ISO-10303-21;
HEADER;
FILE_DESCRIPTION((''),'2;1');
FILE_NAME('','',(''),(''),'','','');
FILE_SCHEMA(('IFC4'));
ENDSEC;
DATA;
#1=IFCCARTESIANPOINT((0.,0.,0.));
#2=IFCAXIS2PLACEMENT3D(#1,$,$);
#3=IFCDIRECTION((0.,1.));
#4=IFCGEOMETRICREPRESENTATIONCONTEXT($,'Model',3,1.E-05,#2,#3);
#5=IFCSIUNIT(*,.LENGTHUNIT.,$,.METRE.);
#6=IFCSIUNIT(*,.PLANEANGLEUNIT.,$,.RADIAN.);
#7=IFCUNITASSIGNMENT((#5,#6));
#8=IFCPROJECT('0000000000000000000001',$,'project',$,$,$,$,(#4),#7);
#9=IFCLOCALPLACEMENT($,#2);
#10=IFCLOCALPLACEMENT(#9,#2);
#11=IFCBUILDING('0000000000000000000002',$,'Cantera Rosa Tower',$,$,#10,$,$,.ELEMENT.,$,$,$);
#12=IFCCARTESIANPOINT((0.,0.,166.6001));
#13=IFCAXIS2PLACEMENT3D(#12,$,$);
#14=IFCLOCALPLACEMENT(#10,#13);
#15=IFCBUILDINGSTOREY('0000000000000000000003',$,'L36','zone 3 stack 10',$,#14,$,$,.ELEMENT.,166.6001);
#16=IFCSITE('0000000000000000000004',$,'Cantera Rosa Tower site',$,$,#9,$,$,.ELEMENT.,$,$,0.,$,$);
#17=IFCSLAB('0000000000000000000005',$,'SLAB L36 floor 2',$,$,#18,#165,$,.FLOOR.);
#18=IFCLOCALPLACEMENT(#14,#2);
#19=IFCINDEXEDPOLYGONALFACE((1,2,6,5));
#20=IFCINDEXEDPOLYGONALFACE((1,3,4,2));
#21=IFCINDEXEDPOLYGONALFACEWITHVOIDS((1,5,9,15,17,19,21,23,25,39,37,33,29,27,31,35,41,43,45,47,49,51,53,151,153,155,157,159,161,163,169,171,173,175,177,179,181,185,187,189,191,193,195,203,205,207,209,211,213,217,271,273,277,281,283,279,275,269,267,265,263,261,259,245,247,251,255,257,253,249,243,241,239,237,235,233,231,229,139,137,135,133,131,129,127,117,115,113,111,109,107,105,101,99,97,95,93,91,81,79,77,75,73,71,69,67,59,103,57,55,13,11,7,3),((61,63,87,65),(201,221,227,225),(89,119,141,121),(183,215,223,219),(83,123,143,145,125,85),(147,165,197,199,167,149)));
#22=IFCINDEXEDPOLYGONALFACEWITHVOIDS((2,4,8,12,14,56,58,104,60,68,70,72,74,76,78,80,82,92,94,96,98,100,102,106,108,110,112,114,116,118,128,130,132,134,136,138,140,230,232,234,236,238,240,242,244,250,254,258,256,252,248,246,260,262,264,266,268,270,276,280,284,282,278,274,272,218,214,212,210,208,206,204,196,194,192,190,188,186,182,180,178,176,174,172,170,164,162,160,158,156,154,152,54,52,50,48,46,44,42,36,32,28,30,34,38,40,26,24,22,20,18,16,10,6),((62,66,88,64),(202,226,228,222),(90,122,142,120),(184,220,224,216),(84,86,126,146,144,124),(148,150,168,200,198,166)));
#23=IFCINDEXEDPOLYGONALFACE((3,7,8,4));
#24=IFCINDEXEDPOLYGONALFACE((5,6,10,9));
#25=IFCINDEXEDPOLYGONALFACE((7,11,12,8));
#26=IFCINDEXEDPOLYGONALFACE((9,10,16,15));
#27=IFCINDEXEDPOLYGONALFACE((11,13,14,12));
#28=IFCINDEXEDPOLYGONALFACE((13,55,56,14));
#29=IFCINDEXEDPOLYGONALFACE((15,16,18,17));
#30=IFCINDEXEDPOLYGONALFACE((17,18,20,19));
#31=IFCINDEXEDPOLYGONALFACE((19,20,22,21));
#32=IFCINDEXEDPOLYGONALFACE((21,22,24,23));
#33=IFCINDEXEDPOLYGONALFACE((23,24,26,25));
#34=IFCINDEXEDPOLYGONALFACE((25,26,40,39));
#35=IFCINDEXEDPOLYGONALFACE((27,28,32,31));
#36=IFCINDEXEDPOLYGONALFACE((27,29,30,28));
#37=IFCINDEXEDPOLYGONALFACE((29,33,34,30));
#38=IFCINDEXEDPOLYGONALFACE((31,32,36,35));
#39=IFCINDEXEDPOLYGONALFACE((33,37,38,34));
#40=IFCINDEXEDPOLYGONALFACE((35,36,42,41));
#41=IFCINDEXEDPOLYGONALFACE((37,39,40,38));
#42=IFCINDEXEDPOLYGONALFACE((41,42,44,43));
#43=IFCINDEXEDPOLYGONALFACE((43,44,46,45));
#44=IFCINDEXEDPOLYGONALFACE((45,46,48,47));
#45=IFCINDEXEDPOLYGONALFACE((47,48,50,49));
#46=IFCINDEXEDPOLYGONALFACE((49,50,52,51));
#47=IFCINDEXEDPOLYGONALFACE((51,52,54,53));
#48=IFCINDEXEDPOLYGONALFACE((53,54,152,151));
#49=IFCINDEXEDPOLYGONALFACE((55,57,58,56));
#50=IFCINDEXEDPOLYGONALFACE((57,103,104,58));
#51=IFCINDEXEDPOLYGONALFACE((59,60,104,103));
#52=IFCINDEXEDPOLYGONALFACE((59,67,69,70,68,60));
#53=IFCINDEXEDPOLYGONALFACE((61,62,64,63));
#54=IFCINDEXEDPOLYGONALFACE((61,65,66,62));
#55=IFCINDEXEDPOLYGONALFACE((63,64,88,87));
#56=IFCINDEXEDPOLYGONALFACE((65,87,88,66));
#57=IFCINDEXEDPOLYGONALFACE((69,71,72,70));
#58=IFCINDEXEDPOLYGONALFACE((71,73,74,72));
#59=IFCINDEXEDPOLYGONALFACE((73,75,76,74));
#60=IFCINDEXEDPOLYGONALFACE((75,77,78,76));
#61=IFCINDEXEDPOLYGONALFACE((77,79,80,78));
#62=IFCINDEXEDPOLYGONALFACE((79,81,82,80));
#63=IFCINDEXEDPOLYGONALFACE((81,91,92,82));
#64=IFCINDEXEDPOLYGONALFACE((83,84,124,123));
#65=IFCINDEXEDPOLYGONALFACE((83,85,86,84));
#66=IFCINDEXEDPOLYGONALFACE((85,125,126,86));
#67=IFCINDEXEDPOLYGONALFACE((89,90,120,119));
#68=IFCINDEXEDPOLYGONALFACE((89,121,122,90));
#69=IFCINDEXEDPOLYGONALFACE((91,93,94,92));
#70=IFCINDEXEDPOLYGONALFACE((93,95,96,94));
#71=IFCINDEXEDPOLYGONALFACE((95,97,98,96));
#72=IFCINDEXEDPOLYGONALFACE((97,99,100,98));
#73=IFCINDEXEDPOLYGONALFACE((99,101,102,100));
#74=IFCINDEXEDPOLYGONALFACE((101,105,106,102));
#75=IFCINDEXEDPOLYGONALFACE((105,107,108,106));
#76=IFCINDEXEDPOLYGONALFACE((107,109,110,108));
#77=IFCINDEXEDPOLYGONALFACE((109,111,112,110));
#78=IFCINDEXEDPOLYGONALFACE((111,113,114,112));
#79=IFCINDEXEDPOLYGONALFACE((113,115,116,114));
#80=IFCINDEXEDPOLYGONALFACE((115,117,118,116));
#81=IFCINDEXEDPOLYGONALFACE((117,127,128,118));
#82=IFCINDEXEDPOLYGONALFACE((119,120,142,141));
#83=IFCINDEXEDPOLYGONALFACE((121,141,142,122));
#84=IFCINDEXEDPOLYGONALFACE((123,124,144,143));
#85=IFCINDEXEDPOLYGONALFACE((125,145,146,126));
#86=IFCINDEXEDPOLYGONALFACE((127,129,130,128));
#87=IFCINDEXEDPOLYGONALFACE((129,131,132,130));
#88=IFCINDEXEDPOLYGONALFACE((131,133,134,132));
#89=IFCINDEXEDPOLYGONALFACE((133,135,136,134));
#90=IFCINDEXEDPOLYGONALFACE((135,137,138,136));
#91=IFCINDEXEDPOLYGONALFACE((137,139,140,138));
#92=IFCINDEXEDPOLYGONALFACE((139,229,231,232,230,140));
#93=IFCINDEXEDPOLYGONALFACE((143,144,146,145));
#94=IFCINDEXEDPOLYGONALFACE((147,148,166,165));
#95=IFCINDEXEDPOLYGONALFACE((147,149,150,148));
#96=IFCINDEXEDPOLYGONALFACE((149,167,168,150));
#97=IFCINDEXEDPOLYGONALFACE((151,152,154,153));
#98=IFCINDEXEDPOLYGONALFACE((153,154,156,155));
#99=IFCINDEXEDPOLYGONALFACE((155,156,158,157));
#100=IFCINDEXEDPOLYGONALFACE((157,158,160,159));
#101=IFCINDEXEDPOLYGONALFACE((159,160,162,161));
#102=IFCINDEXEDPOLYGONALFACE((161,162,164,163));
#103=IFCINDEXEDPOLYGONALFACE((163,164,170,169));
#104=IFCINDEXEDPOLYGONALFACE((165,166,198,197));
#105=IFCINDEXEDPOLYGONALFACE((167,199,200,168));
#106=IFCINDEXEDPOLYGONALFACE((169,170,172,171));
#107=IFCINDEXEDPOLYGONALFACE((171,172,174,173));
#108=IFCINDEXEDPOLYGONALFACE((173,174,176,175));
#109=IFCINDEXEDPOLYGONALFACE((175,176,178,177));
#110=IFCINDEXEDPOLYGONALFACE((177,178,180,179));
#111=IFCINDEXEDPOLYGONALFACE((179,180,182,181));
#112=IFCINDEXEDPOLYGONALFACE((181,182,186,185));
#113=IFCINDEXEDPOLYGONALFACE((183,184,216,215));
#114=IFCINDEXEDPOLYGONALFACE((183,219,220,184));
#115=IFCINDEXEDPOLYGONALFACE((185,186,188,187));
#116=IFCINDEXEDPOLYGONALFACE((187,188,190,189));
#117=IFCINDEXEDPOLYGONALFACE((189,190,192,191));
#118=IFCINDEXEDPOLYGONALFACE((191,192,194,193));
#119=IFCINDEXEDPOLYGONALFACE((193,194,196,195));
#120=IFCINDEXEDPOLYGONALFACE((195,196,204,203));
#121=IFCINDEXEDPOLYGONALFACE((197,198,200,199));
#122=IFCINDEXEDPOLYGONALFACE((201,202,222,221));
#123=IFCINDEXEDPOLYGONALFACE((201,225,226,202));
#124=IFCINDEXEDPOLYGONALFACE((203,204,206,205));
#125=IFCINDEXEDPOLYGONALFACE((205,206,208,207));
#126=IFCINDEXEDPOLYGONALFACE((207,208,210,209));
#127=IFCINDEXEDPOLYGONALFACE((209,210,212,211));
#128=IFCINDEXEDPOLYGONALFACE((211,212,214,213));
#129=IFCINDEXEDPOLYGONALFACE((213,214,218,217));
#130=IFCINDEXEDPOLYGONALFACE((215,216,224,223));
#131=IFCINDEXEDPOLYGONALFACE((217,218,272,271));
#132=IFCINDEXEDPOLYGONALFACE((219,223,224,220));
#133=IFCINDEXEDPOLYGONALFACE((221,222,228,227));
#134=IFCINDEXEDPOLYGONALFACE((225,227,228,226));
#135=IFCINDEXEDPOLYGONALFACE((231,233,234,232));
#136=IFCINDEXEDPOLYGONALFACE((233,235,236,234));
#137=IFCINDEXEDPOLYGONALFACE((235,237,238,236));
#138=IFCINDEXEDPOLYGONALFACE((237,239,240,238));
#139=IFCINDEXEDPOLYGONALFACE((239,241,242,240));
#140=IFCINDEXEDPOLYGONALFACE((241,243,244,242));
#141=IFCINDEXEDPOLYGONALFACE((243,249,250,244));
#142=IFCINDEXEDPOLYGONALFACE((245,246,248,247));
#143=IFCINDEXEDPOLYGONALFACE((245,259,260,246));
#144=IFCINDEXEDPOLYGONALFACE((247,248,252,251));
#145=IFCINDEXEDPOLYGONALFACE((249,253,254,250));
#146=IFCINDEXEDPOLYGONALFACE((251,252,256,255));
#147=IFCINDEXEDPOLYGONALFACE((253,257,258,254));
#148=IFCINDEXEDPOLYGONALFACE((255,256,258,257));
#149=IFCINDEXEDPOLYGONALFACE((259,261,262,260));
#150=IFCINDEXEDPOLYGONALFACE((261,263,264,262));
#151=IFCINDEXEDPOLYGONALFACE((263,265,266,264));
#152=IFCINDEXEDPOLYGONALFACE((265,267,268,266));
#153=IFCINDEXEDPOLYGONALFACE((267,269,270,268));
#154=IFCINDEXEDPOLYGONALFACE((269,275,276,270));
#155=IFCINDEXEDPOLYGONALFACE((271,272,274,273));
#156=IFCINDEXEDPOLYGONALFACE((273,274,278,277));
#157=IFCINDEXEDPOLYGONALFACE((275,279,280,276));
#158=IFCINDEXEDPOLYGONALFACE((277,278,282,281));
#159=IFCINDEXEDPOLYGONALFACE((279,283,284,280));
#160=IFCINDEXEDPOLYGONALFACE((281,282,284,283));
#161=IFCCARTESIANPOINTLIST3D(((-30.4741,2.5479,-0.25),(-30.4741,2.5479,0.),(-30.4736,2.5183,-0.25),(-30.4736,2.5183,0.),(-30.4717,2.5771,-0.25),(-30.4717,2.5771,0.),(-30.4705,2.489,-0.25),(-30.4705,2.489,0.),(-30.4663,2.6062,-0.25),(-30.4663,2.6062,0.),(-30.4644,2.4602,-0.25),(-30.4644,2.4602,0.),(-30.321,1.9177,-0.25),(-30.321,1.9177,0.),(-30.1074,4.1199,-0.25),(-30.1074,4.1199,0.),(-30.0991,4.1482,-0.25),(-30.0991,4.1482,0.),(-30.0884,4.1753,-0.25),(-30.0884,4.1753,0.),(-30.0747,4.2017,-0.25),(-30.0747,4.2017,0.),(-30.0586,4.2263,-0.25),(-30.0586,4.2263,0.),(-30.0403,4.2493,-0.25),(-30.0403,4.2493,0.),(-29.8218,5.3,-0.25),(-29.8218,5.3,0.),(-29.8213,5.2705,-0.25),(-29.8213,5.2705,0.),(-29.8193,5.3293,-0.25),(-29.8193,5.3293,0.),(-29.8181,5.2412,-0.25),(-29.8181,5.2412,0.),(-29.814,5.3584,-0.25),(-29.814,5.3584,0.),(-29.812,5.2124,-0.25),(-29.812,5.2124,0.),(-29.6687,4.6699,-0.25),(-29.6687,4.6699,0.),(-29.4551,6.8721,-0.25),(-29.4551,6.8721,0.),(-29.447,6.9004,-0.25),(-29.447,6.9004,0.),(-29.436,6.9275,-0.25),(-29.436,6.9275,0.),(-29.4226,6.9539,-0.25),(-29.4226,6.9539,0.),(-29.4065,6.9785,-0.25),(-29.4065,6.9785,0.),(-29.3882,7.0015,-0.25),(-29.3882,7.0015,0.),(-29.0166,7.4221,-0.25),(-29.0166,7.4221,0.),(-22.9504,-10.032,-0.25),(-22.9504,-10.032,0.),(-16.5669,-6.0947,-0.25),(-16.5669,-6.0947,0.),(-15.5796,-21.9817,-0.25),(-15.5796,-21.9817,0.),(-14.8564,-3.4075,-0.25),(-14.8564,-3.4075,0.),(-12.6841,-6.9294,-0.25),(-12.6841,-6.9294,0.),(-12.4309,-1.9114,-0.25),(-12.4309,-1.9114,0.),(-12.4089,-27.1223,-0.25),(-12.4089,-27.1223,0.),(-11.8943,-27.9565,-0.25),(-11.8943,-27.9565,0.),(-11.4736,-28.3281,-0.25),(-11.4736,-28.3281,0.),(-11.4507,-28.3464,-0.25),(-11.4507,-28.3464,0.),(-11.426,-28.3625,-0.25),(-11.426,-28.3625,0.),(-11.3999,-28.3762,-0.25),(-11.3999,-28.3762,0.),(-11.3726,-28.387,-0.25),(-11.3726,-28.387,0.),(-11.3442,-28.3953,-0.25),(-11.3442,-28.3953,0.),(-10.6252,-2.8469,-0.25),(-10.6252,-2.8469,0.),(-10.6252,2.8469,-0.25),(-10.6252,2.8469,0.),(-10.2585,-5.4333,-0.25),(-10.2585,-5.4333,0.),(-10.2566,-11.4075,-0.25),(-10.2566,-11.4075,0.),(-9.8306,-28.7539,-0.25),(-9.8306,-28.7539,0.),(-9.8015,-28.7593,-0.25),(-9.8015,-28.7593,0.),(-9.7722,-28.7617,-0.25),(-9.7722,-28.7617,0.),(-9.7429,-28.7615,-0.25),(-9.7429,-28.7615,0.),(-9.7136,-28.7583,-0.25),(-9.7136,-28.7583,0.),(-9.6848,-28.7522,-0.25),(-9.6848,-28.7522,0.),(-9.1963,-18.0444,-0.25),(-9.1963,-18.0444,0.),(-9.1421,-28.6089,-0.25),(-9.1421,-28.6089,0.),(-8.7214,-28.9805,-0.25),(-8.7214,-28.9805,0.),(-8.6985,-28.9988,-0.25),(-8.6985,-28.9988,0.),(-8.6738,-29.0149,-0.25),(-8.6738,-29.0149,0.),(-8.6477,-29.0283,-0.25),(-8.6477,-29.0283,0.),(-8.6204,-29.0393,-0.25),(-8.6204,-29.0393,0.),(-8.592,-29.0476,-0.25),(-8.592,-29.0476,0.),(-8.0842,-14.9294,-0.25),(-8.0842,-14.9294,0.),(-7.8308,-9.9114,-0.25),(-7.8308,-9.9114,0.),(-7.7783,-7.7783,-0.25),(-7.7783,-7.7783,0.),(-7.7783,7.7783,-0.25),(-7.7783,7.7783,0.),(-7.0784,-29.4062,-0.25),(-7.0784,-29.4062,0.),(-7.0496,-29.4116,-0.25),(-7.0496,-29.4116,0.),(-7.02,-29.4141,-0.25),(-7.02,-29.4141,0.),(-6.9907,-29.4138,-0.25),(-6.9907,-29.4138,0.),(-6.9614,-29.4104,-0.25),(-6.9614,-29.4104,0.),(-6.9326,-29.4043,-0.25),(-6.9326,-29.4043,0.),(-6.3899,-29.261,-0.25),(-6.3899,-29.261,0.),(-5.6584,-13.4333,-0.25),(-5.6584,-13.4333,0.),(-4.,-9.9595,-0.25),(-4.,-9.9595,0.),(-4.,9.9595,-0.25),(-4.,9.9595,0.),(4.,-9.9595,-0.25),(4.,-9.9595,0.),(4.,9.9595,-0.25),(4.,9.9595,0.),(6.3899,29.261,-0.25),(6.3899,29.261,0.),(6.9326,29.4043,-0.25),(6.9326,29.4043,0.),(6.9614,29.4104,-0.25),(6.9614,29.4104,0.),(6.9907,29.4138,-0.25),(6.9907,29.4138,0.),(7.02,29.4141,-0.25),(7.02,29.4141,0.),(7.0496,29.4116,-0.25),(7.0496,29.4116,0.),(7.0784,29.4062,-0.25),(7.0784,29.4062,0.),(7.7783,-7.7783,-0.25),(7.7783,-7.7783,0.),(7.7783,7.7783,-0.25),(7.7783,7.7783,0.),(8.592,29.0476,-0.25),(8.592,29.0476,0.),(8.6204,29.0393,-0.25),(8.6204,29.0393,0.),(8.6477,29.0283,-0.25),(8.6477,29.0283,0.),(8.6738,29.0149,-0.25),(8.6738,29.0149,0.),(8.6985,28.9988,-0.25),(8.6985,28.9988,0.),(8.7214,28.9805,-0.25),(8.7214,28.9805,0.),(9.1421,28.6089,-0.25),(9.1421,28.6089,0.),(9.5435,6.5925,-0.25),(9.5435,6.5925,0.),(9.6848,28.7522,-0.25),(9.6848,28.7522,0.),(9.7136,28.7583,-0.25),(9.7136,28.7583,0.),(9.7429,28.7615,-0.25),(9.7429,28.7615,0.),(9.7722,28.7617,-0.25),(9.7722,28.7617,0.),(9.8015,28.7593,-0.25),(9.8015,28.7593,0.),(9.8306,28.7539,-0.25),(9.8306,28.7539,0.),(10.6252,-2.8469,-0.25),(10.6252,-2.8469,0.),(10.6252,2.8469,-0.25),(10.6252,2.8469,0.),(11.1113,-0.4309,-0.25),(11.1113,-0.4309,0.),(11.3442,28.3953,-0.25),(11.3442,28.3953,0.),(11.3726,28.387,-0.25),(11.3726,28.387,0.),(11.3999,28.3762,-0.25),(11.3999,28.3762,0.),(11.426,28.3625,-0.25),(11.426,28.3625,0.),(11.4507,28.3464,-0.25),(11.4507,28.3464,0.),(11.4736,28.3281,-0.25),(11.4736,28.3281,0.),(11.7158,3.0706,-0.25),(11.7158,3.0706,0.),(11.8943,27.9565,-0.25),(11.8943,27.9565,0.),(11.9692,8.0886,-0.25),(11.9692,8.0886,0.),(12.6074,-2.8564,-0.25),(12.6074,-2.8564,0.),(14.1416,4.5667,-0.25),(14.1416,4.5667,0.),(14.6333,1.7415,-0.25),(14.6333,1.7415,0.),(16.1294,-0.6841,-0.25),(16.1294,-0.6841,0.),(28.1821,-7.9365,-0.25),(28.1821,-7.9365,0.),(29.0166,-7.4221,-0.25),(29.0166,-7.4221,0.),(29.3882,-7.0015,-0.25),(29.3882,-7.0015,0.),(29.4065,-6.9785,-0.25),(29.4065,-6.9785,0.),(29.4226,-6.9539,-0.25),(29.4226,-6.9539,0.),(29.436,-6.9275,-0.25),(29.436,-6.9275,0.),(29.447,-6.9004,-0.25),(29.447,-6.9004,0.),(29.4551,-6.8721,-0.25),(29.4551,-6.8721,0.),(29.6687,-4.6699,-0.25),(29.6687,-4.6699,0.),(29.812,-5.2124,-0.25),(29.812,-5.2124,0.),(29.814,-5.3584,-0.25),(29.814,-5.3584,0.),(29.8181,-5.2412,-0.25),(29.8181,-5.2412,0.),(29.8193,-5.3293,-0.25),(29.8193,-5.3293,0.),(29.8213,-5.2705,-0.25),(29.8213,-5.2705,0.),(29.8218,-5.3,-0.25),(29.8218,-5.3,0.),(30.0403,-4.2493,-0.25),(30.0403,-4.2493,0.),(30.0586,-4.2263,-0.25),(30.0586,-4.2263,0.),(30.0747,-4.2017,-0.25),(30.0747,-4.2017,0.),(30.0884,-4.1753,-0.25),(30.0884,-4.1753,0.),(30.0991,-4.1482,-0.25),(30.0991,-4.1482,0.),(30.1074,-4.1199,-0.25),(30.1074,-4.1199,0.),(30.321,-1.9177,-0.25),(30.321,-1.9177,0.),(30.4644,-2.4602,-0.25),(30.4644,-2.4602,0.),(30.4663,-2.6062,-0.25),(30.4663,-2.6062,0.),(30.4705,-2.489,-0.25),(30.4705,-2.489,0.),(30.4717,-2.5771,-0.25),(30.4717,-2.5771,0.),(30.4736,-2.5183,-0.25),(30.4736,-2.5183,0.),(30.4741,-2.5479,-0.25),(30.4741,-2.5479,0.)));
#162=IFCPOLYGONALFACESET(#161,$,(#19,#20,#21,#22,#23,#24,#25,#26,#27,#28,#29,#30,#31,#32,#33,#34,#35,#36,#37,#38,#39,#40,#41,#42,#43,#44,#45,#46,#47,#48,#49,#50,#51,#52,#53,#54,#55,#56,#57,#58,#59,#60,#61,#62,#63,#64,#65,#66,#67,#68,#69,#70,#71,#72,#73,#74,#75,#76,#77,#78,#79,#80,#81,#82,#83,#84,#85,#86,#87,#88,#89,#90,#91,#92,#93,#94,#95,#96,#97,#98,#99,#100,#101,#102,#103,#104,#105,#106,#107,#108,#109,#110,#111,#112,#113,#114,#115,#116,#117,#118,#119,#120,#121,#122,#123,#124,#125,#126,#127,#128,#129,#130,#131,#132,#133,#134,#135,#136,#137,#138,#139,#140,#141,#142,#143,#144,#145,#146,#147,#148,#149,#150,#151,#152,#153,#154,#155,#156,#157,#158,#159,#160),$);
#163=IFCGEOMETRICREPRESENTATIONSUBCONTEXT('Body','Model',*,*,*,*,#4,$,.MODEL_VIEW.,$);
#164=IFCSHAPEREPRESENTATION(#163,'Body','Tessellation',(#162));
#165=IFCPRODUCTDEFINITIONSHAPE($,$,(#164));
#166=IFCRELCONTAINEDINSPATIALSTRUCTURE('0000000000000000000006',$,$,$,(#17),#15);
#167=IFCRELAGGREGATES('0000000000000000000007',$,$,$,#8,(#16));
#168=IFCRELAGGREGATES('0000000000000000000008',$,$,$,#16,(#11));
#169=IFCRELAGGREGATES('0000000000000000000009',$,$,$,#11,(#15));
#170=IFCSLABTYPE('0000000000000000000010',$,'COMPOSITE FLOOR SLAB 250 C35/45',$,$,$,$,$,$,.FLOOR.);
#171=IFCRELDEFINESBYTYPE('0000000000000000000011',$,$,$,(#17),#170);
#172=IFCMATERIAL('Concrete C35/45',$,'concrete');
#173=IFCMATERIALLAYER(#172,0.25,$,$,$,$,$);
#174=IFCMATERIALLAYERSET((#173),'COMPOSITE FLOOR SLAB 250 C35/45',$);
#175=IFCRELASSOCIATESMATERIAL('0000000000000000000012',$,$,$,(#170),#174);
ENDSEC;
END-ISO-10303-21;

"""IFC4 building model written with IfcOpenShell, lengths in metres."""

from ifc_helpers import new_model, si_unit, direction, frame, origin, place, context, subcontext, project, spatial, polyline, outline, extrude, material, layer, layer_set, type_object, element, save


model = new_model("IFC4")

# Units and contexts
model_context = context("Model", 3, precision=1e-05, world=origin(), true_north=direction((0.0, 1.0)))
body_context = subcontext(model_context, "Body", "Model", "MODEL_VIEW")
ifc_project = project(units=[si_unit("LENGTHUNIT", "METRE"), si_unit("PLANEANGLEUNIT", "RADIAN")], contexts=[model_context])

# Site, building, storey
site_placement = place(None, origin())
site = spatial("IfcSite", under=ifc_project, at=site_placement, Name="Cantera Rosa Tower site", CompositionType="ELEMENT", RefElevation=0.0)
building_placement = place(site_placement, origin())
building = spatial("IfcBuilding", under=site, at=building_placement, Name="Cantera Rosa Tower", CompositionType="ELEMENT")
storey_placement = place(building_placement, frame((0.0, 0.0, 166.6001)))
storey = spatial("IfcBuildingStorey", under=building, at=storey_placement, Name="L36", Description="zone 3 stack 10", CompositionType="ELEMENT", Elevation=166.6001)

# Slab
ifc_material_1 = material(Name="Concrete C35/45", Category="concrete")
ifc_layer_1 = layer(ifc_material_1, 0.25)
ifc_layer_set_1 = layer_set([ifc_layer_1], Name="COMPOSITE FLOOR SLAB 250 C35/45")
slab_type_1 = type_object("IfcSlabType", Name="COMPOSITE FLOOR SLAB 250 C35/45", PredefinedType="FLOOR", material=ifc_layer_set_1)
slab_1_placement = place(storey_placement, frame((0.0, 0.0, -0.25)))
element("IfcSlab", 1, at=slab_1_placement, inside=storey, type_object=slab_type_1, Name="SLAB L36 floor 2", PredefinedType="FLOOR", context=body_context, shape_type="SweptSolid", body=[
    extrude(outline(polyline([(-8.6477, -29.0283), (-8.6738, -29.0149), (-8.6985, -28.9988), (-8.7214, -28.9805), (-9.1421, -28.6089), (-9.6848, -28.7522), (-9.7136, -28.7583), (-9.7429, -28.7615), (-9.7722, -28.7617), (-9.8015, -28.7593), (-9.8306, -28.7539), (-11.3442, -28.3953), (-11.3726, -28.387), (-11.3999, -28.3762), (-11.426, -28.3625), (-11.4507, -28.3464), (-11.4736, -28.3281), (-11.8943, -27.9565), (-12.4089, -27.1223), (-15.5796, -21.9817), (-9.1963, -18.0444), (-16.5669, -6.0947), (-22.9504, -10.032), (-30.321, 1.9177), (-30.4644, 2.4602), (-30.4705, 2.489), (-30.4736, 2.5183), (-30.4741, 2.5479), (-30.4717, 2.5771), (-30.4663, 2.6062), (-30.1074, 4.1199), (-30.0991, 4.1482), (-30.0884, 4.1753), (-30.0747, 4.2017), (-30.0586, 4.2263), (-30.0403, 4.2493), (-29.6687, 4.6699), (-29.812, 5.2124), (-29.8181, 5.2412), (-29.8213, 5.2705), (-29.8218, 5.3), (-29.8193, 5.3293), (-29.814, 5.3584), (-29.4551, 6.8721), (-29.447, 6.9004), (-29.436, 6.9275), (-29.4226, 6.9539), (-29.4065, 6.9785), (-29.3882, 7.0015), (-29.0166, 7.4221), (6.3899, 29.261), (6.9326, 29.4043), (6.9614, 29.4104), (6.9907, 29.4138), (7.02, 29.4141), (7.0496, 29.4116), (7.0784, 29.4062), (8.592, 29.0476), (8.6204, 29.0393), (8.6477, 29.0283), (8.6738, 29.0149), (8.6985, 28.9988), (8.7214, 28.9805), (9.1421, 28.6089), (9.6848, 28.7522), (9.7136, 28.7583), (9.7429, 28.7615), (9.7722, 28.7617), (9.8015, 28.7593), (9.8306, 28.7539), (11.3442, 28.3953), (11.3726, 28.387), (11.3999, 28.3762), (11.426, 28.3625), (11.4507, 28.3464), (11.4736, 28.3281), (11.8943, 27.9565), (30.321, -1.9177), (30.4644, -2.4602), (30.4705, -2.489), (30.4736, -2.5183), (30.4741, -2.5479), (30.4717, -2.5771), (30.4663, -2.6062), (30.1074, -4.1199), (30.0991, -4.1482), (30.0884, -4.1753), (30.0747, -4.2017), (30.0586, -4.2263), (30.0403, -4.2493), (29.6687, -4.6699), (29.812, -5.2124), (29.8181, -5.2412), (29.8213, -5.2705), (29.8218, -5.3), (29.8193, -5.3293), (29.814, -5.3584), (29.4551, -6.8721), (29.447, -6.9004), (29.436, -6.9275), (29.4226, -6.9539), (29.4065, -6.9785), (29.3882, -7.0015), (29.0166, -7.4221), (28.1821, -7.9365), (-6.3899, -29.261), (-6.9326, -29.4043), (-6.9614, -29.4104), (-6.9907, -29.4138), (-7.02, -29.4141), (-7.0496, -29.4116), (-7.0784, -29.4062), (-8.592, -29.0476), (-8.6204, -29.0393), (-8.6477, -29.0283)]), holes=[polyline([(-5.6584, -13.4333), (-7.8308, -9.9114), (-10.2566, -11.4075), (-8.0842, -14.9294), (-5.6584, -13.4333)]), polyline([(-10.2585, -5.4333), (-12.4309, -1.9114), (-14.8564, -3.4075), (-12.6841, -6.9294), (-10.2585, -5.4333)]), polyline([(-7.7783, 7.7783), (-10.6252, 2.8469), (-10.6252, -2.8469), (-7.7783, -7.7783), (-4.0, -9.9595), (-4.0, 9.9595), (-7.7783, 7.7783)]), polyline([(14.6333, 1.7415), (11.1113, -0.4309), (12.6074, -2.8564), (16.1294, -0.6841), (14.6333, 1.7415)]), polyline([(7.7783, -7.7783), (10.6252, -2.8469), (10.6252, 2.8469), (7.7783, 7.7783), (4.0, 9.9595), (4.0, -9.9595), (7.7783, -7.7783)]), polyline([(11.7158, 3.0706), (14.1416, 4.5667), (11.9692, 8.0886), (9.5435, 6.5925), (11.7158, 3.0706)])]), origin(), (0.0, 0.0, 1.0), 0.25),
])

save(model, "model.ifc")
